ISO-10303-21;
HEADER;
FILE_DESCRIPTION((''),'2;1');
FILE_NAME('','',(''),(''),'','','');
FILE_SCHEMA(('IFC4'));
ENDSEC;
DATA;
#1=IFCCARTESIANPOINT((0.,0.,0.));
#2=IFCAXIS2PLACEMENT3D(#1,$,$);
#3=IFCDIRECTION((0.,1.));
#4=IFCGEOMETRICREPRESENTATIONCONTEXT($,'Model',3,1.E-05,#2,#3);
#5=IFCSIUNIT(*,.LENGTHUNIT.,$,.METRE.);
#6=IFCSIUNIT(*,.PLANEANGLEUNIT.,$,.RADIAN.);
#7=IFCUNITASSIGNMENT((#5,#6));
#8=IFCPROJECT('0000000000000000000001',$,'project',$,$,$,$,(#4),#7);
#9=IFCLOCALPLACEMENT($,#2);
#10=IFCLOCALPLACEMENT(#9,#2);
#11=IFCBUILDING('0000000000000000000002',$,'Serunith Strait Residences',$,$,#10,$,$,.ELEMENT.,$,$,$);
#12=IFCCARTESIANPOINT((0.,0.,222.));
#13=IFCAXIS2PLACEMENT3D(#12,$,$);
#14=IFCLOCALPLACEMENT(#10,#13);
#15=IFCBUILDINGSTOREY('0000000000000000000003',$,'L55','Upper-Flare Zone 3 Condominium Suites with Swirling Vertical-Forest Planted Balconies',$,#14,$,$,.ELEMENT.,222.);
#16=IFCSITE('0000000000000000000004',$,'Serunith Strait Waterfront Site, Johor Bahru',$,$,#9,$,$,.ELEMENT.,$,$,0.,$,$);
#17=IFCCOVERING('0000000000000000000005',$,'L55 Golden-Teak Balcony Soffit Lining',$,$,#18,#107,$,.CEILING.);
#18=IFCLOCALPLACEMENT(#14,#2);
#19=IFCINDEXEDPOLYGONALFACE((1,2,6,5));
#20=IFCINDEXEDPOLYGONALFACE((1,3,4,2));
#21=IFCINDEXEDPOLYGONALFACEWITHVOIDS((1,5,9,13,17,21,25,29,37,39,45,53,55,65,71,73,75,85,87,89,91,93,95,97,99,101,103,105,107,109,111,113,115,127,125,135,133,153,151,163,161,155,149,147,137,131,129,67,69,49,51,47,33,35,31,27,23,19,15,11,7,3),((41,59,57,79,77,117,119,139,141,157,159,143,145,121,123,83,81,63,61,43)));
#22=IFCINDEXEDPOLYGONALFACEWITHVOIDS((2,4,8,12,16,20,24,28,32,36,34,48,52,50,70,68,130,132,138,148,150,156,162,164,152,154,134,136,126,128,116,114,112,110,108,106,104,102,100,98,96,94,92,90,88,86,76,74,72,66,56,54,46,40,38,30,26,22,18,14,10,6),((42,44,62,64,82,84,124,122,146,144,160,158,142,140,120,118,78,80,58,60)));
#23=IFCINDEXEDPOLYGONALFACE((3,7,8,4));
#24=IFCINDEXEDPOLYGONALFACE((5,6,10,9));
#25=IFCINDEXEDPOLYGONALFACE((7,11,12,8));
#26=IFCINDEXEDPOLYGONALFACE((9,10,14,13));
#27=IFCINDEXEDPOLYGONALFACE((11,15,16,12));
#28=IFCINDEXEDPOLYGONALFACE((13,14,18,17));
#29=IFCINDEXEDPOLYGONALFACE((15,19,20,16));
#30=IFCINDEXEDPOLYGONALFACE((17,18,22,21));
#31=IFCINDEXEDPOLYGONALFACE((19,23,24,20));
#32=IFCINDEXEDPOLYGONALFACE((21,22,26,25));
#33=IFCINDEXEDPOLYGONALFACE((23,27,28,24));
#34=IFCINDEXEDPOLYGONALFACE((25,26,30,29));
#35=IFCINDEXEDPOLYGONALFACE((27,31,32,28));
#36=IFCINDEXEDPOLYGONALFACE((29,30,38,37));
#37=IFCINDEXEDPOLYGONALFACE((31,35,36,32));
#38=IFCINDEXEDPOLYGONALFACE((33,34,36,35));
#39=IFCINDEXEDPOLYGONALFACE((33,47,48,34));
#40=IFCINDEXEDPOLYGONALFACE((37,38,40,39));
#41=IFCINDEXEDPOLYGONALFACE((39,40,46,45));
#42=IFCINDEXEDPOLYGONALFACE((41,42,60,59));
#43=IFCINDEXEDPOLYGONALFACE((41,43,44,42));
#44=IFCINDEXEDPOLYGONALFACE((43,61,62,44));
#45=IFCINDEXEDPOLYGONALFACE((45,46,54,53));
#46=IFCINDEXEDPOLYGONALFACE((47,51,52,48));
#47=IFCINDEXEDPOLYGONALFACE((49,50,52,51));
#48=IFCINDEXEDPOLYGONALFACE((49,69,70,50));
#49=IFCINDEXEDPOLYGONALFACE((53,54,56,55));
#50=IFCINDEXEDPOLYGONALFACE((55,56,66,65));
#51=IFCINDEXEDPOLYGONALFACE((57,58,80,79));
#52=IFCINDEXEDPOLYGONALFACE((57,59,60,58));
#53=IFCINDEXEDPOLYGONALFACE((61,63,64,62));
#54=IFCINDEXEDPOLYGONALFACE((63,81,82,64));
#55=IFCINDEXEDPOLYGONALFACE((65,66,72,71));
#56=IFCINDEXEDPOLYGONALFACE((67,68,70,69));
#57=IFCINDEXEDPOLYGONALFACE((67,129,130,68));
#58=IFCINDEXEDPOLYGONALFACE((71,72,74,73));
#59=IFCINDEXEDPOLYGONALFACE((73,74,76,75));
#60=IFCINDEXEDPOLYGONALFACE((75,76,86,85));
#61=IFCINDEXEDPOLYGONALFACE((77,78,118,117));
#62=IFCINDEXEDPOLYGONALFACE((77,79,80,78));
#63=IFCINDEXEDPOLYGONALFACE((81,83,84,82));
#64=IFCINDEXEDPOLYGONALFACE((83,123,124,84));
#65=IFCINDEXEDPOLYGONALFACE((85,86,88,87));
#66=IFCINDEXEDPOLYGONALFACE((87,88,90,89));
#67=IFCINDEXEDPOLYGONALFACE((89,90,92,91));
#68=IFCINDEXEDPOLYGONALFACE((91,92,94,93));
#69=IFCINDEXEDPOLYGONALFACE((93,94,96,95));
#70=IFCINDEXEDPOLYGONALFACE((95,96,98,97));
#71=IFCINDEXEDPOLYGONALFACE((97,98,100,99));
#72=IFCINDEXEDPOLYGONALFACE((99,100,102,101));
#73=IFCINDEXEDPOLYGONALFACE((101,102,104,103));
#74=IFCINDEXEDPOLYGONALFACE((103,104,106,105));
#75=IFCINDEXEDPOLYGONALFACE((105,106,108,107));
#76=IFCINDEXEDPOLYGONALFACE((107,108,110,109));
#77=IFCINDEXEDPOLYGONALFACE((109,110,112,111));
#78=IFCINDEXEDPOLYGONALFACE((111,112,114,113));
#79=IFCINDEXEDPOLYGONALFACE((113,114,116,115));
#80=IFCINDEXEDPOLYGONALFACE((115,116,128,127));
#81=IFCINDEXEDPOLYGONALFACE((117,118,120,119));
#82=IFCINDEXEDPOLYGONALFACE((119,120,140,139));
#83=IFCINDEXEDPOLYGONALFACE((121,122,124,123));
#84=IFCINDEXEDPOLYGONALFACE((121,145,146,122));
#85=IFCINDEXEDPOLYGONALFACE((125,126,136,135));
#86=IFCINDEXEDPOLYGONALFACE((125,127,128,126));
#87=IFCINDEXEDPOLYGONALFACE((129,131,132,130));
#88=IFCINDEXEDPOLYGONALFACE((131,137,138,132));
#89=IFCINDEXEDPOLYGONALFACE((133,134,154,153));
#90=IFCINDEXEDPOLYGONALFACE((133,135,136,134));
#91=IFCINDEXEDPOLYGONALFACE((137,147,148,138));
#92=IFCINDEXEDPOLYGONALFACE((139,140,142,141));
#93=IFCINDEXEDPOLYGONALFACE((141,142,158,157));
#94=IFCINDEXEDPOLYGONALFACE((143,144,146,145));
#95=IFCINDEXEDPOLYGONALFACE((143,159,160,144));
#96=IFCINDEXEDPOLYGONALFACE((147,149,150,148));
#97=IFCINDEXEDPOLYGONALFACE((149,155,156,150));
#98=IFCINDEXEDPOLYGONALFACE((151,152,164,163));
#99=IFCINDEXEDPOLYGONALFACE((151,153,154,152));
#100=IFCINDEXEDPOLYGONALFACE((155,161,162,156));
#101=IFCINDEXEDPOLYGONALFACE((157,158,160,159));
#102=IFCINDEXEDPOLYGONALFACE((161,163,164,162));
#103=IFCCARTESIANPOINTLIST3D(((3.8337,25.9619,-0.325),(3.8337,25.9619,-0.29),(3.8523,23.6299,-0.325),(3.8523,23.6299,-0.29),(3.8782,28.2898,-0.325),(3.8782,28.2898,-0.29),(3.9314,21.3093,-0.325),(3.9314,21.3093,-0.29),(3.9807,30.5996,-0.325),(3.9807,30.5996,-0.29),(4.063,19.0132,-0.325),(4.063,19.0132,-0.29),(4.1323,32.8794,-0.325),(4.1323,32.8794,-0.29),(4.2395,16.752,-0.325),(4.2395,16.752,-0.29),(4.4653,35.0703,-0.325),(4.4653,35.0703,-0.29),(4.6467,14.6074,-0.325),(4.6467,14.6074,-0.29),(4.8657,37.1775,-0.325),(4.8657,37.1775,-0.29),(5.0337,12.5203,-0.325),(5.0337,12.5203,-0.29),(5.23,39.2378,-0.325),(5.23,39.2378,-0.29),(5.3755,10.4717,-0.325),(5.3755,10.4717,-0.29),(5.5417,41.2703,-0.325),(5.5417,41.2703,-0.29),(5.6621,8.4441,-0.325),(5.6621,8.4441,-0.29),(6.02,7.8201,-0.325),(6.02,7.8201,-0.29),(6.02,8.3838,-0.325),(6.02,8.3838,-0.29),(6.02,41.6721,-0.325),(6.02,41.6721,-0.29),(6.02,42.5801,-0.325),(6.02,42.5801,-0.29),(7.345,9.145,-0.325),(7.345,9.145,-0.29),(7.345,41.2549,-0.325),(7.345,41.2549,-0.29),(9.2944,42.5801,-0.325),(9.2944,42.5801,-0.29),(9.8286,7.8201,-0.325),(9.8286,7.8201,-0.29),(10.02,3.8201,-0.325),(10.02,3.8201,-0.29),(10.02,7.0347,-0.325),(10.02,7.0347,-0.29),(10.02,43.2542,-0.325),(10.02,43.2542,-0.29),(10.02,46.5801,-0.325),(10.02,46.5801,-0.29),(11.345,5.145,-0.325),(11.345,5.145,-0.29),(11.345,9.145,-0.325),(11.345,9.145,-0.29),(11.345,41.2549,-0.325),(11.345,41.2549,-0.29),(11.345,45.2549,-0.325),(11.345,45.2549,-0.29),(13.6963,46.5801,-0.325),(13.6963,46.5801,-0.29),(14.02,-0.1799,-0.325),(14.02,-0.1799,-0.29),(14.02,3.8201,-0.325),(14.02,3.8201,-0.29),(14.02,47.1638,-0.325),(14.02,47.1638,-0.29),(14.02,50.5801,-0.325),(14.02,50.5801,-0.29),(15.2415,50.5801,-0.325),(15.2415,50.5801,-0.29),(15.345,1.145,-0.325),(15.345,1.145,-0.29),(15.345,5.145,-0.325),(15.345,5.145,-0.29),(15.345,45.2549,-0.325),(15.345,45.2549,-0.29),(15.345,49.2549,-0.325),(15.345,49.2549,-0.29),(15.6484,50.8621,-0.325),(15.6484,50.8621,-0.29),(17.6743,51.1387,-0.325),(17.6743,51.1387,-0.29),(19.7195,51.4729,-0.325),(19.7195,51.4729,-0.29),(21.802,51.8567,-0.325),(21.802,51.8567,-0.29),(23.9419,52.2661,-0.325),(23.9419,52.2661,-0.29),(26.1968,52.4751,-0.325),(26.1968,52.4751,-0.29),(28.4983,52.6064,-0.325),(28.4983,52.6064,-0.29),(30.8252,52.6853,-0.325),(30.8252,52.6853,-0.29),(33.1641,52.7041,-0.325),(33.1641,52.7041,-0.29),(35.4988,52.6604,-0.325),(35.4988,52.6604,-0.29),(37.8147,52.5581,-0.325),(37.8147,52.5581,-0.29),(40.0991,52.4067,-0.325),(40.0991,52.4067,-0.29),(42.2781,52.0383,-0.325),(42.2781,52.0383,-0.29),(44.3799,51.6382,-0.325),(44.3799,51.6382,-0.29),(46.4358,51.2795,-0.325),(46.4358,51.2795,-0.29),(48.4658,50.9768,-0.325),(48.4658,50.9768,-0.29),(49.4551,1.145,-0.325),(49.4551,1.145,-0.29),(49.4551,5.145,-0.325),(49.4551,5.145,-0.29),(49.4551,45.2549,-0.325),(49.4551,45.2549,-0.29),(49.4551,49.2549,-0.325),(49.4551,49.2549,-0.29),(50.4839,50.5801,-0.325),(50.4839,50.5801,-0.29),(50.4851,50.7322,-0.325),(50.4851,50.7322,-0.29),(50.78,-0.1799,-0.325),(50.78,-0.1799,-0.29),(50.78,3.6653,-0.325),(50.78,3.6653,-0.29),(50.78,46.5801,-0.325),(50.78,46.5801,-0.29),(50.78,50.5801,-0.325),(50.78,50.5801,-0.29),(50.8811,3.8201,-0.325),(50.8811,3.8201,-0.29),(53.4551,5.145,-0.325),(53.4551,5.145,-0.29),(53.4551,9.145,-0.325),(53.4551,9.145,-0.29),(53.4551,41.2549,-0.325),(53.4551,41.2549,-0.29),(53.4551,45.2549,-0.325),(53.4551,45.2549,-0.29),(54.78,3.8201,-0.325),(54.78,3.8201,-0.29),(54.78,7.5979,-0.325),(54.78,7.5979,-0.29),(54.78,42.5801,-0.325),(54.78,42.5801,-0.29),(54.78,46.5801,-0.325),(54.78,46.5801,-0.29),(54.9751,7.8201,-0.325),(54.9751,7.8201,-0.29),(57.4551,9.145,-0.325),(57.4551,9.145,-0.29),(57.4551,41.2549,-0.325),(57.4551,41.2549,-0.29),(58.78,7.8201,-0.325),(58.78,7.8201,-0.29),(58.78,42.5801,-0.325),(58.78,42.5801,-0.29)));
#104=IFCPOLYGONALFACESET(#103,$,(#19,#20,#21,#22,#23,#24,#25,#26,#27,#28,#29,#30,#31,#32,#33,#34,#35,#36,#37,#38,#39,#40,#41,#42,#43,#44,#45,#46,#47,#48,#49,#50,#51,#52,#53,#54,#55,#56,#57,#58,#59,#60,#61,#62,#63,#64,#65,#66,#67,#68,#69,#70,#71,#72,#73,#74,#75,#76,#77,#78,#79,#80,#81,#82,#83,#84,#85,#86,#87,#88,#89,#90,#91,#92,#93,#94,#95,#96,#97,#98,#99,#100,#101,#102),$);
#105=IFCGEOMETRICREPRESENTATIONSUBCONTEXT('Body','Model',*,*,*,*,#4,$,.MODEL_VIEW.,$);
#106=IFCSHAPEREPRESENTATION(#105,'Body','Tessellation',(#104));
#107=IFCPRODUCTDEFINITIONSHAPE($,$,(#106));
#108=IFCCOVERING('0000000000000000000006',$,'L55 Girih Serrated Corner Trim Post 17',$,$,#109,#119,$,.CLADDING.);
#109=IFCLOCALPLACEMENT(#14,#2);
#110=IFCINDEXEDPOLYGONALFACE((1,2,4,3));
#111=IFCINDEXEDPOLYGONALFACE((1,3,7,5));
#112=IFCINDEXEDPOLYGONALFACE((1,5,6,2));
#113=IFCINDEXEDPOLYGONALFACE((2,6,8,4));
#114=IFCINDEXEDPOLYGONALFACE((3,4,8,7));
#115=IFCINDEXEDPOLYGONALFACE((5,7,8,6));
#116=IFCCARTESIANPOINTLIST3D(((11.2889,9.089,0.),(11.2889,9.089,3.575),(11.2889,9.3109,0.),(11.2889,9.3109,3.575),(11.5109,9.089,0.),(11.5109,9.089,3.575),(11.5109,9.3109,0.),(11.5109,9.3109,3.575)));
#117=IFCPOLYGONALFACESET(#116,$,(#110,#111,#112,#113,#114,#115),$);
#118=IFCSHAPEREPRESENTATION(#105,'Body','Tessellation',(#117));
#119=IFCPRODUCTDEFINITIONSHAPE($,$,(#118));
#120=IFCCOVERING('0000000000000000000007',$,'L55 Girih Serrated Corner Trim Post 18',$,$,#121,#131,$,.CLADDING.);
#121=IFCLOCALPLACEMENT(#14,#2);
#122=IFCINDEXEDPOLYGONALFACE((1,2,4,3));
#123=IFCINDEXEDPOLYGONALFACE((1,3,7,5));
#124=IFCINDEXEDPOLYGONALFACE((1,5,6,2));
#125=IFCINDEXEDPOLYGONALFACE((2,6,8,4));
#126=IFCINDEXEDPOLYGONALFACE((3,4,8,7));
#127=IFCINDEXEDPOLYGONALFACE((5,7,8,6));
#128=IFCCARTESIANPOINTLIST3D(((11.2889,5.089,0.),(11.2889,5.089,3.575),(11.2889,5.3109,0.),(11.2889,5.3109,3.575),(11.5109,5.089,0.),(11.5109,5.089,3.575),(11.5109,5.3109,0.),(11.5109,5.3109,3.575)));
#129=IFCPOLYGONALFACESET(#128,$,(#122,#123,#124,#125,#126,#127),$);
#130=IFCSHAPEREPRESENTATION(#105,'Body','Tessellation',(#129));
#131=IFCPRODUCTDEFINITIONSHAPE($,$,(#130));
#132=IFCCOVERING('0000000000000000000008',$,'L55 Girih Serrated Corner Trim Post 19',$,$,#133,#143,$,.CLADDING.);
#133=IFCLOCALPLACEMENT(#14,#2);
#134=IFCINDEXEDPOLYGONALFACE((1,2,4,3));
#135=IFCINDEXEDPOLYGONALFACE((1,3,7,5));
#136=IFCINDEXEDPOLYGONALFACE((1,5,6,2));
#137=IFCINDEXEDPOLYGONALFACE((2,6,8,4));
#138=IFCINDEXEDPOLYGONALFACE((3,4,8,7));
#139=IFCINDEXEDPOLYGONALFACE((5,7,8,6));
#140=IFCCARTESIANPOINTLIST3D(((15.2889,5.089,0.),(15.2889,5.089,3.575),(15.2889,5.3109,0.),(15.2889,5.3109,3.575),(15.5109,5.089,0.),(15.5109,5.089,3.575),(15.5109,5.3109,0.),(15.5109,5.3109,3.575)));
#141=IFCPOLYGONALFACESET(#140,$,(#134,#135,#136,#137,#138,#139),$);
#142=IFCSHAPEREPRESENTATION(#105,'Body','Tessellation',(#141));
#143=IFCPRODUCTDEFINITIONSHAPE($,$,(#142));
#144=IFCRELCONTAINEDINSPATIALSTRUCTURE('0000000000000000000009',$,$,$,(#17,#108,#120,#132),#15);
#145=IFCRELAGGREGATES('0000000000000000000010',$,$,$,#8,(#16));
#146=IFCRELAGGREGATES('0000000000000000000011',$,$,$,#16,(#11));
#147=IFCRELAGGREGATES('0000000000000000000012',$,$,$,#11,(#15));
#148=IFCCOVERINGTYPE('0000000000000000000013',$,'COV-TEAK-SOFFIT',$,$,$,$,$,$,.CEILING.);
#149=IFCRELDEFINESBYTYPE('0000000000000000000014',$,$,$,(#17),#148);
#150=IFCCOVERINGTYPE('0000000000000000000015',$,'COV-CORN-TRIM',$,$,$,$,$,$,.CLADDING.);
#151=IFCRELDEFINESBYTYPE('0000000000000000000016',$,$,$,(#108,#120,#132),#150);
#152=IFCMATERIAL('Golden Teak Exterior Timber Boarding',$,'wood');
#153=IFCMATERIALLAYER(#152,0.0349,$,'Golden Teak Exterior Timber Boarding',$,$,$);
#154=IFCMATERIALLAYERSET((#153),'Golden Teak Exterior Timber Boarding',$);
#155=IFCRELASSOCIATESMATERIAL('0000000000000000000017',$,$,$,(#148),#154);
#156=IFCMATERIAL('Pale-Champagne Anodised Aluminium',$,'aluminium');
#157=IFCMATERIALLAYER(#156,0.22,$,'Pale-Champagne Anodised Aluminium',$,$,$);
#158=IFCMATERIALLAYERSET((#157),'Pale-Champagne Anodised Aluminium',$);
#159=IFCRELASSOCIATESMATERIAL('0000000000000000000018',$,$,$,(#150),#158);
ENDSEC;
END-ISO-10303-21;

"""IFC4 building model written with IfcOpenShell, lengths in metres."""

from ifc_helpers import new_model, si_unit, direction, frame, origin, origin_2d, place, context, subcontext, project, spatial, polyline, rectangle, outline, extrude, source, transform, mapped, material, layer, layer_set, type_object, element, save


model = new_model("IFC4")

# Units and contexts
model_context = context("Model", 3, precision=1e-05, world=origin(), true_north=direction((0.0, 1.0)))
body_context = subcontext(model_context, "Body", "Model", "MODEL_VIEW")
ifc_project = project(units=[si_unit("LENGTHUNIT", "METRE"), si_unit("PLANEANGLEUNIT", "RADIAN")], contexts=[model_context])

# Site, building, storey
site_placement = place(None, origin())
site = spatial("IfcSite", under=ifc_project, at=site_placement, Name="Serunith Strait Waterfront Site, Johor Bahru", CompositionType="ELEMENT", RefElevation=0.0)
building_placement = place(site_placement, origin())
building = spatial("IfcBuilding", under=site, at=building_placement, Name="Serunith Strait Residences", CompositionType="ELEMENT")
storey_placement = place(building_placement, frame((0.0, 0.0, 222.0)))
storey = spatial("IfcBuildingStorey", under=building, at=storey_placement, Name="L55", Description="Upper-Flare Zone 3 Condominium Suites with Swirling Vertical-Forest Planted Balconies", CompositionType="ELEMENT", Elevation=222.0)

# Shared definitions
ifc_material_1 = material(Name="Pale-Champagne Anodised Aluminium", Category="aluminium")

# Covering
ifc_material_2 = material(Name="Golden Teak Exterior Timber Boarding", Category="wood")
ifc_layer_1 = layer(ifc_material_2, 0.0349, Name="Golden Teak Exterior Timber Boarding")
ifc_layer_set_1 = layer_set([ifc_layer_1], Name="Golden Teak Exterior Timber Boarding")
covering_type_1 = type_object("IfcCoveringType", Name="COV-TEAK-SOFFIT", PredefinedType="CEILING", material=ifc_layer_set_1)
covering_placement = place(storey_placement, frame((0.0, 0.0, -0.325)))
element("IfcCovering", 1, at=covering_placement, inside=storey, type_object=covering_type_1, Name="L55 Golden-Teak Balcony Soffit Lining", PredefinedType="CEILING", context=body_context, shape_type="SweptSolid", body=[
    extrude(outline(polyline([(6.02, 7.8201), (6.02, 8.3838), (5.6621, 8.4441), (5.3755, 10.4717), (5.0337, 12.5203), (4.6467, 14.6074), (4.2395, 16.752), (4.063, 19.0132), (3.9314, 21.3093), (3.8523, 23.6299), (3.8337, 25.9619), (3.8782, 28.2898), (3.9807, 30.5996), (4.1323, 32.8794), (4.4653, 35.0703), (4.8657, 37.1775), (5.23, 39.2378), (5.5417, 41.2703), (6.02, 41.6721), (6.02, 42.5801), (9.2944, 42.5801), (10.02, 43.2542), (10.02, 46.5801), (13.6963, 46.5801), (14.02, 47.1638), (14.02, 50.5801), (15.2415, 50.5801), (15.6484, 50.8621), (17.6743, 51.1387), (19.7195, 51.4729), (21.802, 51.8567), (23.9419, 52.2661), (26.1968, 52.4751), (28.4983, 52.6064), (30.8252, 52.6853), (33.1641, 52.7041), (35.4988, 52.6604), (37.8147, 52.5581), (40.0991, 52.4067), (42.2781, 52.0383), (44.3799, 51.6382), (46.4358, 51.2795), (48.4658, 50.9768), (50.4851, 50.7322), (50.4839, 50.5801), (50.78, 50.5801), (50.78, 46.5801), (54.78, 46.5801), (54.78, 42.5801), (58.78, 42.5801), (58.78, 7.8201), (54.9751, 7.8201), (54.78, 7.5979), (54.78, 3.8201), (50.8811, 3.8201), (50.78, 3.6653), (50.78, -0.1799), (14.02, -0.1799), (14.02, 3.8201), (10.02, 3.8201), (10.02, 7.0347), (9.8286, 7.8201), (6.02, 7.8201)]), holes=[polyline([(49.4551, 1.145), (49.4551, 5.145), (53.4551, 5.145), (53.4551, 9.145), (57.4551, 9.145), (57.4551, 41.2549), (53.4551, 41.2549), (53.4551, 45.2549), (49.4551, 45.2549), (49.4551, 49.2549), (15.345, 49.2549), (15.345, 45.2549), (11.345, 45.2549), (11.345, 41.2549), (7.345, 41.2549), (7.345, 9.145), (11.345, 9.145), (11.345, 5.145), (15.345, 5.145), (15.345, 1.145), (49.4551, 1.145)])]), origin(), (0.0, 0.0, 1.0), 0.0349),
])

# Coverings
ifc_layer_2 = layer(ifc_material_1, 0.22, Name="Pale-Champagne Anodised Aluminium")
ifc_layer_set_2 = layer_set([ifc_layer_2], Name="Pale-Champagne Anodised Aluminium")
covering_type_2 = type_object("IfcCoveringType", Name="COV-CORN-TRIM", PredefinedType="CLADDING", material=ifc_layer_set_2)
shared_shape_1 = source(origin(), body_context, "Body", "SweptSolid", [
    extrude(rectangle(XDim=0.2219, YDim=0.2219, at=origin_2d()), origin(), (0.0, 0.0, 1.0), 3.575),
])
for number, where, z_axis, x_axis, name in (
    (2, (11.3999, 9.2, 0.0), (0.0, 0.0, 1.0), (1.0, 0.0, 0.0), "L55 Girih Serrated Corner Trim Post 17"),
    (3, (11.3999, 5.2, 0.0), (0.0, 0.0, 1.0), (1.0, 0.0, 0.0), "L55 Girih Serrated Corner Trim Post 18"),
    (4, (15.3999, 5.2, 0.0), (0.0, 0.0, 1.0), (1.0, 0.0, 0.0), "L55 Girih Serrated Corner Trim Post 19"),
):
    element("IfcCovering", number, at=place(storey_placement, frame(where, z_axis=z_axis, x_axis=x_axis)), inside=storey, type_object=covering_type_2, Name=name, PredefinedType="CLADDING", context=body_context, shape_type="MappedRepresentation", body=[
        mapped(shared_shape_1, transform((0.0, 0.0, 0.0), scale=1.0)),
    ])

save(model, "model.ifc")
